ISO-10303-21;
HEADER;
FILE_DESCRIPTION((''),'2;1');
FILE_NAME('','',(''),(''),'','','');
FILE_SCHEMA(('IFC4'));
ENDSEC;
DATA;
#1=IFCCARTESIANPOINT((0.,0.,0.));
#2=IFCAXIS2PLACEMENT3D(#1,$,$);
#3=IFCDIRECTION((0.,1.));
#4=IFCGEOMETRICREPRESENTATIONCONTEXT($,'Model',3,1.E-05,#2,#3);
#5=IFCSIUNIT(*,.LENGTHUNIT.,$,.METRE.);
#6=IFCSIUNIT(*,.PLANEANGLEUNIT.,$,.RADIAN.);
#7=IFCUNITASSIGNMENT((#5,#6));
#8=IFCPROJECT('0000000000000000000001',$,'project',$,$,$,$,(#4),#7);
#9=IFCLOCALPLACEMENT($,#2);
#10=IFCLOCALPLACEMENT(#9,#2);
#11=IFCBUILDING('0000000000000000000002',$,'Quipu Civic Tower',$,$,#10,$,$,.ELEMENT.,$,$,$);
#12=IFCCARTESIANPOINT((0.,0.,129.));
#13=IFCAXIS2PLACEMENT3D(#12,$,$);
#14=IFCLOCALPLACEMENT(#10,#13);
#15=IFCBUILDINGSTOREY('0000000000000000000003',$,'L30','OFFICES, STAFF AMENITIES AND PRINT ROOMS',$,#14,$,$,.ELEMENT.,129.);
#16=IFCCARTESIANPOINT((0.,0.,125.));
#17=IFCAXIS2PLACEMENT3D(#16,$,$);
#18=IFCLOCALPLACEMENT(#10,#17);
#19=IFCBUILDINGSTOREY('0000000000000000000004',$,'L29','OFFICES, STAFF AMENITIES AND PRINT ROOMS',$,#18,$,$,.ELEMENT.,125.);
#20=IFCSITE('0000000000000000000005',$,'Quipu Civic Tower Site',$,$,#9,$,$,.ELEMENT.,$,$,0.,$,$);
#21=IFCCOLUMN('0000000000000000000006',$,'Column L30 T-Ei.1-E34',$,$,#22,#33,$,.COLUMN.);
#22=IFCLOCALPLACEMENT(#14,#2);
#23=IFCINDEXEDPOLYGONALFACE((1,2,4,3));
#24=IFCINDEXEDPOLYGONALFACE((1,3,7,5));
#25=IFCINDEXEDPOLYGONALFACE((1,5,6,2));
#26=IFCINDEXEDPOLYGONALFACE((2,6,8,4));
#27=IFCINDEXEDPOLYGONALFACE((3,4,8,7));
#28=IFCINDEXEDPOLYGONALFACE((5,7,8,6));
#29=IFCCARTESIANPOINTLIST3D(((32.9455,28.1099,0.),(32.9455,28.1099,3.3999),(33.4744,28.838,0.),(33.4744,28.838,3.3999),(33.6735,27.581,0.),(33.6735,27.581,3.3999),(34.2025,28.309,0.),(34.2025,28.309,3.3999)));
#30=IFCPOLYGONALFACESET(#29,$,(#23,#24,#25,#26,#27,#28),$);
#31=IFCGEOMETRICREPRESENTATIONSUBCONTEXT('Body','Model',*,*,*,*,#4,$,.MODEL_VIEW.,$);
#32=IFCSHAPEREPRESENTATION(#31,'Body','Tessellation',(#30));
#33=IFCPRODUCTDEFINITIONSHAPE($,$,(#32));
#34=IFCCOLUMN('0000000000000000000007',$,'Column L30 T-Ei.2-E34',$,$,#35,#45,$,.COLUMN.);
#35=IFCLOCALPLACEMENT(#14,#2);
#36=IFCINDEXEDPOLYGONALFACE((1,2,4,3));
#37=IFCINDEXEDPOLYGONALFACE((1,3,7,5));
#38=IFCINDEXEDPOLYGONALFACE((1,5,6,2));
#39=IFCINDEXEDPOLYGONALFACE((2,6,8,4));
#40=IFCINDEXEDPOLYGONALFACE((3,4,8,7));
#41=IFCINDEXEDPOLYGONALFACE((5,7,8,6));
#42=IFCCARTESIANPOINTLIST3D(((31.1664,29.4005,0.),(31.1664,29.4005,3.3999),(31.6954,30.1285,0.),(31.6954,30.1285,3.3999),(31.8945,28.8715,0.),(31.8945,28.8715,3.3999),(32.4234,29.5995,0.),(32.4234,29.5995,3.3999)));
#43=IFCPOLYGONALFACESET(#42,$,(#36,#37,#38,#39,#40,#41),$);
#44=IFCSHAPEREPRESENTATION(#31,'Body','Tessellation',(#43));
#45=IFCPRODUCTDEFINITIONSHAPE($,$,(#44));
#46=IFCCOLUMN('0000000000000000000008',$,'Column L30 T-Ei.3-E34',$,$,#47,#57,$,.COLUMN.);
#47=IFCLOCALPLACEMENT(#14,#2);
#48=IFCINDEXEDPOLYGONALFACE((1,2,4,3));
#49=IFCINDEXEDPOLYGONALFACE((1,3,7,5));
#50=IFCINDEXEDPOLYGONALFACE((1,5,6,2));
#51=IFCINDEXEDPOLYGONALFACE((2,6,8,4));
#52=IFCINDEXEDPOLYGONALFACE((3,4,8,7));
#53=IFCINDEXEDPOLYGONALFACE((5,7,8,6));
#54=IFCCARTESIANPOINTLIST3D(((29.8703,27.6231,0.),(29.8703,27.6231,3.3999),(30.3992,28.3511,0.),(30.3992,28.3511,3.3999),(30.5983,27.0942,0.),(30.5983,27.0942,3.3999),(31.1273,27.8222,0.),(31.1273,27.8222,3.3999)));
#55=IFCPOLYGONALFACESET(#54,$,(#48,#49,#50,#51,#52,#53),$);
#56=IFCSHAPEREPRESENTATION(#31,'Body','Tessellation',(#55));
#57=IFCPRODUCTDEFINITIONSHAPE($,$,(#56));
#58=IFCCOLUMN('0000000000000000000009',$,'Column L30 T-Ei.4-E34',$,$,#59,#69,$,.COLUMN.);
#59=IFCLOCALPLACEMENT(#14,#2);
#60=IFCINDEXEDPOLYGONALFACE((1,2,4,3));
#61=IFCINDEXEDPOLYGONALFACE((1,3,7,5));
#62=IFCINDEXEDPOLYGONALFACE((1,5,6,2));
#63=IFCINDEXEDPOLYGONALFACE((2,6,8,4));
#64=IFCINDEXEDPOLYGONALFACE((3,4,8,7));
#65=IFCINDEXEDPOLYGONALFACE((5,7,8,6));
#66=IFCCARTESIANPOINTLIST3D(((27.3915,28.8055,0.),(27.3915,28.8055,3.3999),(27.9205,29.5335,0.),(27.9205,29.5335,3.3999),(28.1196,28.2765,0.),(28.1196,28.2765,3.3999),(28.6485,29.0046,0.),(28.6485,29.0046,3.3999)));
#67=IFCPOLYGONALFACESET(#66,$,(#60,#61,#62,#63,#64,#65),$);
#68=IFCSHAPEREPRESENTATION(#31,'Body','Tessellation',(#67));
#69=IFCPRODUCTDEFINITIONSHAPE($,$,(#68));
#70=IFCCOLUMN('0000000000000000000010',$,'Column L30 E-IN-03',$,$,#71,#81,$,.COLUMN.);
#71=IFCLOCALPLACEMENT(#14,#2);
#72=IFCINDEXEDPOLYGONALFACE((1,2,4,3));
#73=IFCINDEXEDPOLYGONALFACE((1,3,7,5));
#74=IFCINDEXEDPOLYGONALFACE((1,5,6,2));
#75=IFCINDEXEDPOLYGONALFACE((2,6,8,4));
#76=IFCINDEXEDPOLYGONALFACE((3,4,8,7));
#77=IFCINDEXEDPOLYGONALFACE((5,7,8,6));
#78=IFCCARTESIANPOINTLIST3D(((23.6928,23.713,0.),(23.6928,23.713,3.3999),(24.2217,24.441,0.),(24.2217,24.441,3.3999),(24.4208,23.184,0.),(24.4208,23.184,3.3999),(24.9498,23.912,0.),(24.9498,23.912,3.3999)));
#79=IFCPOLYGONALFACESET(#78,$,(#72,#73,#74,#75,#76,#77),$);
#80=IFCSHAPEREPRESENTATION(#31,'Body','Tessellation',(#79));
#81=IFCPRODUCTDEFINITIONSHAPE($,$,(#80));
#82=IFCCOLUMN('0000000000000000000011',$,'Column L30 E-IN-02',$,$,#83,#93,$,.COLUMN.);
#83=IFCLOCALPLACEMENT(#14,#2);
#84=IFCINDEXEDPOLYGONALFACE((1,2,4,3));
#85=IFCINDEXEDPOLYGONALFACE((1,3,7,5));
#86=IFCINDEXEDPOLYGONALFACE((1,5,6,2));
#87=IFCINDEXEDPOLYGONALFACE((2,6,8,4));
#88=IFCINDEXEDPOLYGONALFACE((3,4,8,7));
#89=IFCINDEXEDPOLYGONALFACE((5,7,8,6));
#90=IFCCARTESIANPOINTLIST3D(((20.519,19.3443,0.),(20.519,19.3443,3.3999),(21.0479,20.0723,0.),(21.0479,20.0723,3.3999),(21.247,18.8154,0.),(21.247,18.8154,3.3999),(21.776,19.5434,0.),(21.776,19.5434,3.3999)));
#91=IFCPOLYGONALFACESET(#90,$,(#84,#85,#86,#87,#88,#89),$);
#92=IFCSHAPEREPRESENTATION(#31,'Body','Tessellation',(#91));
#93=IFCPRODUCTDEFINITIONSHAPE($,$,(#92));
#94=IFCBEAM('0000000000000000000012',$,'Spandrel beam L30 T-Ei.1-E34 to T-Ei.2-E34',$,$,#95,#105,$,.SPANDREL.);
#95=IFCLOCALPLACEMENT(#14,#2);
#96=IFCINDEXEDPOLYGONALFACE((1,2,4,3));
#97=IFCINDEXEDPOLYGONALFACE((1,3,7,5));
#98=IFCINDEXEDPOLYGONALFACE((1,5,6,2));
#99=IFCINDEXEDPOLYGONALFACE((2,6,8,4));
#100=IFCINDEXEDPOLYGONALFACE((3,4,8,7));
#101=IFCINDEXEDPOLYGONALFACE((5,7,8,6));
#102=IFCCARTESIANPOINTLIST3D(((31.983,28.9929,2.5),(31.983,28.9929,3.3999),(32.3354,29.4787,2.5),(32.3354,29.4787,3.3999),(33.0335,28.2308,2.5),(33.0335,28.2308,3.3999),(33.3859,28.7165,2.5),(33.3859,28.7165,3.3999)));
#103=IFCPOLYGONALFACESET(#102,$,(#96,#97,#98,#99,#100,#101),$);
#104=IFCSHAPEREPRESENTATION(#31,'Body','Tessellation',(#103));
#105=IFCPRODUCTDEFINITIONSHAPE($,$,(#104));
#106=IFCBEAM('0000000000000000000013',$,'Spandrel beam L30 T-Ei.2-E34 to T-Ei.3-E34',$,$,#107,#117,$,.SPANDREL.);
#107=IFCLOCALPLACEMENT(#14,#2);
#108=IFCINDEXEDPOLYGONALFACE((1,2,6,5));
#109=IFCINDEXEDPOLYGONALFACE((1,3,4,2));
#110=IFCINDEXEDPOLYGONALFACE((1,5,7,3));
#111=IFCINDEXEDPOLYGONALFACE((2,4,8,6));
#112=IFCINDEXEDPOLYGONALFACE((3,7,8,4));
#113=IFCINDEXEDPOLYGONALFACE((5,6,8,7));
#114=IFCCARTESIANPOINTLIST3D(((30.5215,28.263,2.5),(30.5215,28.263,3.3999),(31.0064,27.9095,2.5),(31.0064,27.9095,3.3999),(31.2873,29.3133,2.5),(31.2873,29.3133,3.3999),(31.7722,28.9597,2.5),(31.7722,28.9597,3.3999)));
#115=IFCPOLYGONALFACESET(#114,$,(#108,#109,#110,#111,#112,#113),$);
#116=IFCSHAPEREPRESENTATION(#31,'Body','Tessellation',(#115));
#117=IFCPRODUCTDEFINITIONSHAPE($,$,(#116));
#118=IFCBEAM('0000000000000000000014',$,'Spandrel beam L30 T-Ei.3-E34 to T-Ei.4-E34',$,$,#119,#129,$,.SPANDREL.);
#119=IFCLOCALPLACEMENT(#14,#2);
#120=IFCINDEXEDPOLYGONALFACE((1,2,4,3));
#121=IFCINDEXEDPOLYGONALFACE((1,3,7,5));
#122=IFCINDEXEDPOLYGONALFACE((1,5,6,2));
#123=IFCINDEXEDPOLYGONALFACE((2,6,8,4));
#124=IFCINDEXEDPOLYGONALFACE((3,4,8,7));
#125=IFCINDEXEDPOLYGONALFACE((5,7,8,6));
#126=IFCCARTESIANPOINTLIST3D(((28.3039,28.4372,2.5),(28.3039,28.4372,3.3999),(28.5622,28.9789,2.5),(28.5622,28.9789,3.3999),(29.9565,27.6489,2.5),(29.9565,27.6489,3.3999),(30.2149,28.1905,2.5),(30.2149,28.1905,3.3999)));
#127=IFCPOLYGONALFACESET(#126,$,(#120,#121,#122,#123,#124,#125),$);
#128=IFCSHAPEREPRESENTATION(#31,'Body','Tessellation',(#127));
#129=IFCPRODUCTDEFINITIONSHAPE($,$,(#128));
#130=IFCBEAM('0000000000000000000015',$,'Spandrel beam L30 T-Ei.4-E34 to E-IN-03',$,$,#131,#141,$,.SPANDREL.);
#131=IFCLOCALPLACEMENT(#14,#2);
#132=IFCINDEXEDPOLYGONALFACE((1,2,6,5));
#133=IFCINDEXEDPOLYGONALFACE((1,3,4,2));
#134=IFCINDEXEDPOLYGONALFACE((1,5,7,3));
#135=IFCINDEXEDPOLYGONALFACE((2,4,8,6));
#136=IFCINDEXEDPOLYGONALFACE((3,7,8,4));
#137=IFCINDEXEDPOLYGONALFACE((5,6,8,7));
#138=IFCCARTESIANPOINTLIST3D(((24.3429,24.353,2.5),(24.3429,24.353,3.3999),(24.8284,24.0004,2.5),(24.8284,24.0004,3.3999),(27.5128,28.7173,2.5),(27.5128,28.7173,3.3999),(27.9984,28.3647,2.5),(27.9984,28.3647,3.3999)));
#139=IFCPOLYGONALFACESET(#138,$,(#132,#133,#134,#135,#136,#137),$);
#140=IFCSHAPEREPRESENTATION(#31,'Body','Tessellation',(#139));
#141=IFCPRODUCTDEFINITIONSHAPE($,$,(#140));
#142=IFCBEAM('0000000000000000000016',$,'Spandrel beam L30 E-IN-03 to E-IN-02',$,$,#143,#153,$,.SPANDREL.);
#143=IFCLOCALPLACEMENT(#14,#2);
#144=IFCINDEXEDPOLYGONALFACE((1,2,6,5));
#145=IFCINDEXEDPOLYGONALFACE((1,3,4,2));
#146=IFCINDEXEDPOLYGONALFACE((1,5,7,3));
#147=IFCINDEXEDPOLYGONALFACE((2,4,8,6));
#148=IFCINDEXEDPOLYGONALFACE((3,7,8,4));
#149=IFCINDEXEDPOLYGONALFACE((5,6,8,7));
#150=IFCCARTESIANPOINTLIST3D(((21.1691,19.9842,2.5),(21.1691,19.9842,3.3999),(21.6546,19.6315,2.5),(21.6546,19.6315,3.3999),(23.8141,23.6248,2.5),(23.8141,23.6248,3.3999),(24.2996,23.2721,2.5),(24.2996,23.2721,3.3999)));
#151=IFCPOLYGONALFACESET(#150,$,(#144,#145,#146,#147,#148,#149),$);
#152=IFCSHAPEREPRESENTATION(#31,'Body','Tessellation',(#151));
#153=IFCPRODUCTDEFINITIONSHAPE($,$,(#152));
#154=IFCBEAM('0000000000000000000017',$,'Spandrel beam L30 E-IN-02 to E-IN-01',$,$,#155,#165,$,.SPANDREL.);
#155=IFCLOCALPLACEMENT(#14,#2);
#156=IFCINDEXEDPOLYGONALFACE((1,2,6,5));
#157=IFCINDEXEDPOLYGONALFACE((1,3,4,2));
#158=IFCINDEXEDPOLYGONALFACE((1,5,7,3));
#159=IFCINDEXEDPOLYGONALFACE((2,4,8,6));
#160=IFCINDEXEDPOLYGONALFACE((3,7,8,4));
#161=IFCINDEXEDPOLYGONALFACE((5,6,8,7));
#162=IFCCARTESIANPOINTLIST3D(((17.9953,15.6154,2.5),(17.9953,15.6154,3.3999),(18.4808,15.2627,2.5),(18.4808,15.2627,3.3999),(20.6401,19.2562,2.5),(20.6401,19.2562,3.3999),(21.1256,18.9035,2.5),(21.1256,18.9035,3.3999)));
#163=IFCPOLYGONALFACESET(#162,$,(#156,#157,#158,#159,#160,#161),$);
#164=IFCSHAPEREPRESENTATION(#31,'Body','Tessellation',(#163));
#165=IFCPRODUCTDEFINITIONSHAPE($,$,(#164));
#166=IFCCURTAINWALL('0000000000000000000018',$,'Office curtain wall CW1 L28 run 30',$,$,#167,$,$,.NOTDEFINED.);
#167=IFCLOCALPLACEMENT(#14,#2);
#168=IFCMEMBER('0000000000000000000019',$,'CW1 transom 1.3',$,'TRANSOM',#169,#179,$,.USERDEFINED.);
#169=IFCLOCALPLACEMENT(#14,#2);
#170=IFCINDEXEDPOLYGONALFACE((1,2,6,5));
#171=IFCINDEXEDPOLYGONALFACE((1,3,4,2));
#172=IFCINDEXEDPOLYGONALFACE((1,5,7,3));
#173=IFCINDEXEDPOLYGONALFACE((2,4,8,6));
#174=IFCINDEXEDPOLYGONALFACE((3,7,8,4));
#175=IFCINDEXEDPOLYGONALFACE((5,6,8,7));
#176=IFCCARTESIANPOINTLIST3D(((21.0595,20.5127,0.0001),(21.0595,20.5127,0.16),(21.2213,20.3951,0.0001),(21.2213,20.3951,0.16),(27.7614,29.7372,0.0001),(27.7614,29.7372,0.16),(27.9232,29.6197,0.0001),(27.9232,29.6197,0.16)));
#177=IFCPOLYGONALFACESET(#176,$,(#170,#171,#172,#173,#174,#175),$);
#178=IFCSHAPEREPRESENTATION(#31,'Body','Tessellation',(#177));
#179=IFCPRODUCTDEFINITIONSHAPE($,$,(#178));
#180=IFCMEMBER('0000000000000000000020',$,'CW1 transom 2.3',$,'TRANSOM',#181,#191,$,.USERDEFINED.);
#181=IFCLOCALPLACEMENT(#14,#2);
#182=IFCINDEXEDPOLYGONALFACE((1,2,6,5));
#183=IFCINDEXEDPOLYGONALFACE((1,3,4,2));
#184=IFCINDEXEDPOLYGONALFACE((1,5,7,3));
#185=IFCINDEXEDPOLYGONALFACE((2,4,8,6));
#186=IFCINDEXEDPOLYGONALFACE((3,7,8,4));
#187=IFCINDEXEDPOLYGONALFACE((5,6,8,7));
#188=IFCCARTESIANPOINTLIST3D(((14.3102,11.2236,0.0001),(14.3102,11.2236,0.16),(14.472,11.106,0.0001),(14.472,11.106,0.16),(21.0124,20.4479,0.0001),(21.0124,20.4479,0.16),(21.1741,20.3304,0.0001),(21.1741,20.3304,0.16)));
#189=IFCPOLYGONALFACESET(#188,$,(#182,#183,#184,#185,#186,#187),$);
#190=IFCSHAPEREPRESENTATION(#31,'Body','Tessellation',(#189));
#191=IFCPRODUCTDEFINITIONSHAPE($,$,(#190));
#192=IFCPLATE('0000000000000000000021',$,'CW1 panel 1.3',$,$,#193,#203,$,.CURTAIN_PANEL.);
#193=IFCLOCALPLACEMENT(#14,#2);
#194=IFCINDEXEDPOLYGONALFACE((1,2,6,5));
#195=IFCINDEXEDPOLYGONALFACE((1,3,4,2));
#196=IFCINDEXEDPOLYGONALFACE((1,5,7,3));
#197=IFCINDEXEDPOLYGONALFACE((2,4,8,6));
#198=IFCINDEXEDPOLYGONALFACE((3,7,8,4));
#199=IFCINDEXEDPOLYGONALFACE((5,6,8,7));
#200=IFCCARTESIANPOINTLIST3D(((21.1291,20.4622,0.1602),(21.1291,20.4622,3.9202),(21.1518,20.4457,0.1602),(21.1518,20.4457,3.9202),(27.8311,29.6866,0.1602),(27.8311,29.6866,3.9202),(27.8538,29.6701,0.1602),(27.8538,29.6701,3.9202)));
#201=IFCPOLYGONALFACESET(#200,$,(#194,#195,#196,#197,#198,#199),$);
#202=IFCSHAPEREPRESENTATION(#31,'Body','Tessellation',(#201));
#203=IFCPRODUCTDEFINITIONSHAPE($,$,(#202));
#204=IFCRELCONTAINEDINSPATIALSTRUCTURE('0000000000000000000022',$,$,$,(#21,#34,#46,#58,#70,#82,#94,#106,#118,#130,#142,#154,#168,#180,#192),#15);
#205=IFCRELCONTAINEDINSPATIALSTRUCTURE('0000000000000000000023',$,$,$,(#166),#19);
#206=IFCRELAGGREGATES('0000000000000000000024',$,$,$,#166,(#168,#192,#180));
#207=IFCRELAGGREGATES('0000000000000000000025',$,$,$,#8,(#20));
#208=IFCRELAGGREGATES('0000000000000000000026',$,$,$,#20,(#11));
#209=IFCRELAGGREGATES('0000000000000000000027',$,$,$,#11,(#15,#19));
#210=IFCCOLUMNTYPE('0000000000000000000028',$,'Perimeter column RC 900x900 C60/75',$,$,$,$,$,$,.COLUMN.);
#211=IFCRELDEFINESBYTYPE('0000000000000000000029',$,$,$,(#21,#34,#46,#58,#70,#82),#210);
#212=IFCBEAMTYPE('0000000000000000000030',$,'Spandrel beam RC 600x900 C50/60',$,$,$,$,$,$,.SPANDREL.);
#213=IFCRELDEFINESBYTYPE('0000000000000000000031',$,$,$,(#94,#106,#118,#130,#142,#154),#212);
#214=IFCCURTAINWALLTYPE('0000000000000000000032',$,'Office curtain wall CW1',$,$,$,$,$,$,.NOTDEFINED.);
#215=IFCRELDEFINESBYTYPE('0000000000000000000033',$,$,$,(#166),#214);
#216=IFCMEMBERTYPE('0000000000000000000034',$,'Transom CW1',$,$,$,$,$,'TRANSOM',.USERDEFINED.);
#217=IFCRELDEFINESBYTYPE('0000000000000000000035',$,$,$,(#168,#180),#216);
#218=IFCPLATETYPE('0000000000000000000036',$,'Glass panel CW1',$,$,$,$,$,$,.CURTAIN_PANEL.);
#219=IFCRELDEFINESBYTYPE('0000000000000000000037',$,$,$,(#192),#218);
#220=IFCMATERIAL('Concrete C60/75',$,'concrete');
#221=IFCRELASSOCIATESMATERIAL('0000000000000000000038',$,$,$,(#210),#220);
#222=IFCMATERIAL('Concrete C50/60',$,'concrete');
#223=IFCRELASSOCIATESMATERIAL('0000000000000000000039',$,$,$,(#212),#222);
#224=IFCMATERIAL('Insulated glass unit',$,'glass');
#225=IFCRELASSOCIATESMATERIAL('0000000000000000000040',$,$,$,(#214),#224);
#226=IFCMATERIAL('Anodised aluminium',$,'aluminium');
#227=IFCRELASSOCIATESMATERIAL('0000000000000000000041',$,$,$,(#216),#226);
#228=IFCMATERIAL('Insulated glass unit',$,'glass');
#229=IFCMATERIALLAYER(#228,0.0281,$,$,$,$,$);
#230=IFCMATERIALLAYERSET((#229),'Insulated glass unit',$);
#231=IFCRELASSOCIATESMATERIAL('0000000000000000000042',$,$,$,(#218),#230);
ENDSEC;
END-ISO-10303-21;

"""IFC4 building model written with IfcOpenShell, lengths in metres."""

from ifc_helpers import new_model, si_unit, direction, frame, origin, origin_2d, place, context, subcontext, project, spatial, rectangle, extrude, material, layer, layer_set, material_profile, profile_set, type_object, element, aggregate, save


model = new_model("IFC4")

# Units and contexts
model_context = context("Model", 3, precision=1e-05, world=origin(), true_north=direction((0.0, 1.0)))
body_context = subcontext(model_context, "Body", "Model", "MODEL_VIEW")
ifc_project = project(units=[si_unit("LENGTHUNIT", "METRE"), si_unit("PLANEANGLEUNIT", "RADIAN")], contexts=[model_context])

# Site, building, storey
site_placement = place(None, origin())
site = spatial("IfcSite", under=ifc_project, at=site_placement, Name="Quipu Civic Tower Site", CompositionType="ELEMENT", RefElevation=0.0)
building_placement = place(site_placement, origin())
building = spatial("IfcBuilding", under=site, at=building_placement, Name="Quipu Civic Tower", CompositionType="ELEMENT")
storey_1_placement = place(building_placement, frame((0.0, 0.0, 129.0)))
storey_1 = spatial("IfcBuildingStorey", under=building, at=storey_1_placement, Name="L30", Description="OFFICES, STAFF AMENITIES AND PRINT ROOMS", CompositionType="ELEMENT", Elevation=129.0)

# Columns
ifc_material_1 = material(Name="Concrete C60/75", Category="concrete")
ifc_material_profile_1 = material_profile(ifc_material_1, rectangle(XDim=0.8999, YDim=0.8999, at=origin_2d()), Name="RC900x900")
ifc_profile_set_1 = profile_set([ifc_material_profile_1], Name="Concrete C60/75")
column_type = type_object("IfcColumnType", Name="Perimeter column RC 900x900 C60/75", PredefinedType="COLUMN", material=ifc_profile_set_1)
for number, where, z_axis, x_axis, name in (
    (1, (33.574, 28.2095, 0.0), (0.0, 0.0, 1.0), (-0.809017, 0.587785, 0.0), "Column L30 T-Ei.1-E34"),
    (2, (31.7949, 29.5, 0.0), (0.0, 0.0, 1.0), (-0.587785, -0.809017, 0.0), "Column L30 T-Ei.2-E34"),
    (3, (30.4988, 27.7227, 0.0), (0.0, 0.0, 1.0), (-0.809017, 0.587785, 0.0), "Column L30 T-Ei.3-E34"),
    (4, (28.02, 28.905, 0.0), (0.0, 0.0, 1.0), (-0.809017, 0.587785, 0.0), "Column L30 T-Ei.4-E34"),
    (5, (24.3213, 23.8125, 0.0), (0.0, 0.0, 1.0), (-0.587785, -0.809017, 0.0), "Column L30 E-IN-03"),
    (6, (21.1475, 19.4438, 0.0), (0.0, 0.0, 1.0), (-0.587785, -0.809017, 0.0), "Column L30 E-IN-02"),
):
    element("IfcColumn", number, at=place(storey_1_placement, frame(where, z_axis=z_axis, x_axis=x_axis)), inside=storey_1, type_object=column_type, Name=name, PredefinedType="COLUMN", context=body_context, shape_type="SweptSolid", body=[
        extrude(rectangle(XDim=0.8999, YDim=0.8999, at=origin_2d()), origin(), (0.0, 0.0, 1.0), 3.3999),
    ])

# Beams
ifc_material_2 = material(Name="Concrete C50/60", Category="concrete")
ifc_material_profile_2 = material_profile(ifc_material_2, rectangle(XDim=0.6001, YDim=0.8999, at=origin_2d()), Name="RC600x900")
ifc_profile_set_2 = profile_set([ifc_material_profile_2], Name="Concrete C50/60")
beam_type = type_object("IfcBeamType", Name="Spandrel beam RC 600x900 C50/60", PredefinedType="SPANDREL", material=ifc_profile_set_2)
beam_1_placement = place(storey_1_placement, frame((33.2097, 28.4736, 2.95), z_axis=(-0.809403, 0.587254, 0.0), x_axis=(-0.587254, -0.809403, 0.0)))
element("IfcBeam", 7, at=beam_1_placement, inside=storey_1, type_object=beam_type, Name="Spandrel beam L30 T-Ei.1-E34 to T-Ei.2-E34", PredefinedType="SPANDREL", context=body_context, shape_type="SweptSolid", body=[
    extrude(rectangle(XDim=0.6001, YDim=0.8999, at=origin_2d()), origin(), (0.0, 0.0, 1.0), 1.2979),
])
beam_2_placement = place(storey_1_placement, frame((31.5298, 29.1365, 2.95), z_axis=(-0.589187, -0.807996, 0.0), x_axis=(0.807996, -0.589187, 0.0)))
element("IfcBeam", 8, at=beam_2_placement, inside=storey_1, type_object=beam_type, Name="Spandrel beam L30 T-Ei.2-E34 to T-Ei.3-E34", PredefinedType="SPANDREL", context=body_context, shape_type="SweptSolid", body=[
    extrude(rectangle(XDim=0.6001, YDim=0.8999, at=origin_2d()), origin(), (0.0, 0.0, 1.0), 1.2998),
])
beam_3_placement = place(storey_1_placement, frame((30.0857, 27.9197, 2.95), z_axis=(-0.902567, 0.430549, 0.0), x_axis=(-0.430549, -0.902567, 0.0)))
element("IfcBeam", 9, at=beam_3_placement, inside=storey_1, type_object=beam_type, Name="Spandrel beam L30 T-Ei.3-E34 to T-Ei.4-E34", PredefinedType="SPANDREL", context=body_context, shape_type="SweptSolid", body=[
    extrude(rectangle(XDim=0.6001, YDim=0.8999, at=origin_2d()), origin(), (0.0, 0.0, 1.0), 1.8311),
])
beam_4_placement = place(storey_1_placement, frame((27.7556, 28.541, 2.95), z_axis=(-0.587676, -0.809096, 0.0), x_axis=(0.809096, -0.587676, 0.0)))
element("IfcBeam", 10, at=beam_4_placement, inside=storey_1, type_object=beam_type, Name="Spandrel beam L30 T-Ei.4-E34 to E-IN-03", PredefinedType="SPANDREL", context=body_context, shape_type="SweptSolid", body=[
    extrude(rectangle(XDim=0.6001, YDim=0.8999, at=origin_2d()), origin(), (0.0, 0.0, 1.0), 5.394),
])
for number, where, z_axis, x_axis, name in (
    (11, (24.0569, 23.4485, 2.95), (-0.587778, -0.809022, 0.0), (0.809022, -0.587778, 0.0), "Spandrel beam L30 E-IN-03 to E-IN-02"),
    (12, (20.8828, 19.0798, 2.95), (-0.587717, -0.809067, 0.0), (0.809067, -0.587717, 0.0), "Spandrel beam L30 E-IN-02 to E-IN-01"),
):
    element("IfcBeam", number, at=place(storey_1_placement, frame(where, z_axis=z_axis, x_axis=x_axis)), inside=storey_1, type_object=beam_type, Name=name, PredefinedType="SPANDREL", context=body_context, shape_type="SweptSolid", body=[
        extrude(rectangle(XDim=0.6001, YDim=0.8999, at=origin_2d()), origin(), (0.0, 0.0, 1.0), 4.5),
    ])

# Shared definitions
storey_2_placement = place(building_placement, frame((0.0, 0.0, 125.0)))
storey_2 = spatial("IfcBuildingStorey", under=building, at=storey_2_placement, Name="L29", Description="OFFICES, STAFF AMENITIES AND PRINT ROOMS", CompositionType="ELEMENT", Elevation=125.0)

# Curtain wall, members, plate
ifc_material_3 = material(Name="Insulated glass unit", Category="glass")
curtain_wall_type = type_object("IfcCurtainWallType", Name="Office curtain wall CW1", PredefinedType="NOTDEFINED", material=ifc_material_3)
curtain_wall_placement = place(storey_2_placement, origin())
curtain_wall = element("IfcCurtainWall", 13, at=curtain_wall_placement, inside=storey_2, type_object=curtain_wall_type, Name="Office curtain wall CW1 L28 run 30", PredefinedType="NOTDEFINED")
ifc_material_4 = material(Name="Anodised aluminium", Category="aluminium")
ifc_material_profile_3 = material_profile(ifc_material_4, rectangle(XDim=0.2, YDim=0.1599, at=origin_2d()), Name="RECT 200x160")
ifc_profile_set_3 = profile_set([ifc_material_profile_3], Name="Anodised aluminium")
member_type = type_object("IfcMemberType", Name="Transom CW1", ElementType="TRANSOM", PredefinedType="USERDEFINED", material=ifc_profile_set_3)
member_1_placement = place(storey_1_placement, frame((27.8423, 29.6785, 0.0801), z_axis=(-0.587776, -0.809024, 0.0), x_axis=(0.809024, -0.587776, 0.0)))
member_1 = element("IfcMember", 14, at=member_1_placement, inside=storey_1, type_object=member_type, Name="CW1 transom 1.3", ObjectType="TRANSOM", PredefinedType="USERDEFINED", context=body_context, shape_type="SweptSolid", body=[
    extrude(rectangle(XDim=0.2, YDim=0.1599, at=origin_2d()), origin(), (0.0, 0.0, 1.0), 11.4021),
])
member_2_placement = place(storey_1_placement, frame((21.0933, 20.3892, 0.0801), z_axis=(-0.5878, -0.809006, 0.0), x_axis=(0.809006, -0.5878, 0.0)))
member_2 = element("IfcMember", 15, at=member_2_placement, inside=storey_1, type_object=member_type, Name="CW1 transom 2.3", ObjectType="TRANSOM", PredefinedType="USERDEFINED", context=body_context, shape_type="SweptSolid", body=[
    extrude(rectangle(XDim=0.2, YDim=0.1599, at=origin_2d()), origin(), (0.0, 0.0, 1.0), 11.4021),
])
ifc_material_5 = material(Name="Insulated glass unit", Category="glass")
ifc_layer_1 = layer(ifc_material_5, 0.0281)
ifc_layer_set_1 = layer_set([ifc_layer_1], Name="Insulated glass unit")
plate_type_1 = type_object("IfcPlateType", Name="Glass panel CW1", PredefinedType="CURTAIN_PANEL", material=ifc_layer_set_1)
plate_placement = place(storey_1_placement, frame((24.4915, 25.0662, 0.1602), z_axis=(0.0, 0.0, 1.0), x_axis=(-0.587789, -0.809014, 0.0)))
plate = element("IfcPlate", 16, at=plate_placement, inside=storey_1, type_object=plate_type_1, Name="CW1 panel 1.3", PredefinedType="CURTAIN_PANEL", context=body_context, shape_type="SweptSolid", body=[
    extrude(rectangle(XDim=11.4021, YDim=0.0281, at=origin_2d()), origin(), (0.0, 0.0, 1.0), 3.76),
])
aggregate(curtain_wall, [member_1, plate, member_2])

save(model, "model.ifc")
